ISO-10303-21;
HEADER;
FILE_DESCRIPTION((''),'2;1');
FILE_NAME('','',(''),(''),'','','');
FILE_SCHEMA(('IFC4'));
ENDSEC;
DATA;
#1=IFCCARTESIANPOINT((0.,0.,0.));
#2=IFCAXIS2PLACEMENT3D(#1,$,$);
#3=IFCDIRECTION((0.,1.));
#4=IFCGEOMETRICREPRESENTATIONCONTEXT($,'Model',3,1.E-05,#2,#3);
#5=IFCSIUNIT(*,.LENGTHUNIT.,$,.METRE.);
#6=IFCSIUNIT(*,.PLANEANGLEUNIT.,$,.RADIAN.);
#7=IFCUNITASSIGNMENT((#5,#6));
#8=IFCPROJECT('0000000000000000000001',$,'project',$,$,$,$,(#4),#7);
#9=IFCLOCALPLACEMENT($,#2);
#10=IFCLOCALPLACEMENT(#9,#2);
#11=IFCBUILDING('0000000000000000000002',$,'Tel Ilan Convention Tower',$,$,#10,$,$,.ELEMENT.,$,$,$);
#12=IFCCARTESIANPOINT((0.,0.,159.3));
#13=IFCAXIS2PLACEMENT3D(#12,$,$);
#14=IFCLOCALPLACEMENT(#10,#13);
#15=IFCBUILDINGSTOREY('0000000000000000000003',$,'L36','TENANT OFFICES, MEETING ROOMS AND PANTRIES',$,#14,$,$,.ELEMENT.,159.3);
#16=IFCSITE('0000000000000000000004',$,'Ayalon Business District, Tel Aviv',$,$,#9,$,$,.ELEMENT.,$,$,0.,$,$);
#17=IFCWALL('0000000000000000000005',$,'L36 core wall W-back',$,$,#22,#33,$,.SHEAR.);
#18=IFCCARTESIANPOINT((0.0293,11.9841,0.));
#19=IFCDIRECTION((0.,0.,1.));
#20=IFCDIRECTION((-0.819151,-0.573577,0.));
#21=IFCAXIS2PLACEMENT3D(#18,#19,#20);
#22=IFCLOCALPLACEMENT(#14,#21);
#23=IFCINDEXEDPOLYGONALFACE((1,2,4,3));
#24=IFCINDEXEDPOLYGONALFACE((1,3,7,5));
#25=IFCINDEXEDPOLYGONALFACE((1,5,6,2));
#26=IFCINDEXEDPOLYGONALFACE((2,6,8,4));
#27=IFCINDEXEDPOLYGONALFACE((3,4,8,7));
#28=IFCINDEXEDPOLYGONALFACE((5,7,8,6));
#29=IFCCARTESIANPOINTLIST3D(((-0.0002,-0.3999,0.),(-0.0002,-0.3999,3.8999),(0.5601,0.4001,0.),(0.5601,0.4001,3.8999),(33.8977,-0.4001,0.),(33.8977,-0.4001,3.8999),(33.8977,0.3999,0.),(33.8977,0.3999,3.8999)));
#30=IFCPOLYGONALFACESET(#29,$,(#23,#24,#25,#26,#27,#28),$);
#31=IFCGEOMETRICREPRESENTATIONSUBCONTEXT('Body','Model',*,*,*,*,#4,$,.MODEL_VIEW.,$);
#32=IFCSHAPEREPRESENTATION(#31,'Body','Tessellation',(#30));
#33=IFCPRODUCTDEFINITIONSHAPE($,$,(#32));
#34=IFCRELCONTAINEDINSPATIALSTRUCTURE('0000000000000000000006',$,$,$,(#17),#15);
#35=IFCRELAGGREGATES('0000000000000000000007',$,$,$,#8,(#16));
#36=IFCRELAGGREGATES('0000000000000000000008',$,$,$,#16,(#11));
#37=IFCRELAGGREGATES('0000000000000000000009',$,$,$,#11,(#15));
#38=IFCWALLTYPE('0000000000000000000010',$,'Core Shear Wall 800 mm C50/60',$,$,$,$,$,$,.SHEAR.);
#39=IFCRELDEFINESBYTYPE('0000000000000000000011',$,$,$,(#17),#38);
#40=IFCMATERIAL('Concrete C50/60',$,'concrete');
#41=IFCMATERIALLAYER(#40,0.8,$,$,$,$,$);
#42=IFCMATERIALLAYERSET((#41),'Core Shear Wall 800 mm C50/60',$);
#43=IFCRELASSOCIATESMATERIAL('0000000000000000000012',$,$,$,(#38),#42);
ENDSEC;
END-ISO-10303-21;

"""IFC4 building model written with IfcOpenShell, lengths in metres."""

from ifc_helpers import new_model, si_unit, direction, frame, origin, place, context, subcontext, project, spatial, polyline, outline, extrude, material, layer, layer_set, type_object, element, save


model = new_model("IFC4")

# Units and contexts
model_context = context("Model", 3, precision=1e-05, world=origin(), true_north=direction((0.0, 1.0)))
body_context = subcontext(model_context, "Body", "Model", "MODEL_VIEW")
ifc_project = project(units=[si_unit("LENGTHUNIT", "METRE"), si_unit("PLANEANGLEUNIT", "RADIAN")], contexts=[model_context])

# Site, building, storey
site_placement = place(None, origin())
site = spatial("IfcSite", under=ifc_project, at=site_placement, Name="Ayalon Business District, Tel Aviv", CompositionType="ELEMENT", RefElevation=0.0)
building_placement = place(site_placement, origin())
building = spatial("IfcBuilding", under=site, at=building_placement, Name="Tel Ilan Convention Tower", CompositionType="ELEMENT")
storey_placement = place(building_placement, frame((0.0, 0.0, 159.3)))
storey = spatial("IfcBuildingStorey", under=building, at=storey_placement, Name="L36", Description="TENANT OFFICES, MEETING ROOMS AND PANTRIES", CompositionType="ELEMENT", Elevation=159.3)

# Wall
ifc_material_1 = material(Name="Concrete C50/60", Category="concrete")
ifc_layer_1 = layer(ifc_material_1, 0.8)
ifc_layer_set_1 = layer_set([ifc_layer_1], Name="Core Shear Wall 800 mm C50/60")
wall_type_1 = type_object("IfcWallType", Name="Core Shear Wall 800 mm C50/60", PredefinedType="SHEAR", material=ifc_layer_set_1)
wall_1_placement = place(storey_placement, frame((0.0293, 11.9841, 0.0), z_axis=(0.0, 0.0, 1.0), x_axis=(-0.819151, -0.573577, 0.0)))
element("IfcWall", 1, at=wall_1_placement, inside=storey, type_object=wall_type_1, Name="L36 core wall W-back", PredefinedType="SHEAR", context=body_context, shape_type="SweptSolid", body=[
    extrude(outline(polyline([(33.8977, 0.3999), (0.5601, 0.4001), (-0.0002, -0.3999), (33.8977, -0.4001), (33.8977, 0.3999)])), origin(), (0.0, 0.0, 1.0), 3.8999),
])

save(model, "model.ifc")
